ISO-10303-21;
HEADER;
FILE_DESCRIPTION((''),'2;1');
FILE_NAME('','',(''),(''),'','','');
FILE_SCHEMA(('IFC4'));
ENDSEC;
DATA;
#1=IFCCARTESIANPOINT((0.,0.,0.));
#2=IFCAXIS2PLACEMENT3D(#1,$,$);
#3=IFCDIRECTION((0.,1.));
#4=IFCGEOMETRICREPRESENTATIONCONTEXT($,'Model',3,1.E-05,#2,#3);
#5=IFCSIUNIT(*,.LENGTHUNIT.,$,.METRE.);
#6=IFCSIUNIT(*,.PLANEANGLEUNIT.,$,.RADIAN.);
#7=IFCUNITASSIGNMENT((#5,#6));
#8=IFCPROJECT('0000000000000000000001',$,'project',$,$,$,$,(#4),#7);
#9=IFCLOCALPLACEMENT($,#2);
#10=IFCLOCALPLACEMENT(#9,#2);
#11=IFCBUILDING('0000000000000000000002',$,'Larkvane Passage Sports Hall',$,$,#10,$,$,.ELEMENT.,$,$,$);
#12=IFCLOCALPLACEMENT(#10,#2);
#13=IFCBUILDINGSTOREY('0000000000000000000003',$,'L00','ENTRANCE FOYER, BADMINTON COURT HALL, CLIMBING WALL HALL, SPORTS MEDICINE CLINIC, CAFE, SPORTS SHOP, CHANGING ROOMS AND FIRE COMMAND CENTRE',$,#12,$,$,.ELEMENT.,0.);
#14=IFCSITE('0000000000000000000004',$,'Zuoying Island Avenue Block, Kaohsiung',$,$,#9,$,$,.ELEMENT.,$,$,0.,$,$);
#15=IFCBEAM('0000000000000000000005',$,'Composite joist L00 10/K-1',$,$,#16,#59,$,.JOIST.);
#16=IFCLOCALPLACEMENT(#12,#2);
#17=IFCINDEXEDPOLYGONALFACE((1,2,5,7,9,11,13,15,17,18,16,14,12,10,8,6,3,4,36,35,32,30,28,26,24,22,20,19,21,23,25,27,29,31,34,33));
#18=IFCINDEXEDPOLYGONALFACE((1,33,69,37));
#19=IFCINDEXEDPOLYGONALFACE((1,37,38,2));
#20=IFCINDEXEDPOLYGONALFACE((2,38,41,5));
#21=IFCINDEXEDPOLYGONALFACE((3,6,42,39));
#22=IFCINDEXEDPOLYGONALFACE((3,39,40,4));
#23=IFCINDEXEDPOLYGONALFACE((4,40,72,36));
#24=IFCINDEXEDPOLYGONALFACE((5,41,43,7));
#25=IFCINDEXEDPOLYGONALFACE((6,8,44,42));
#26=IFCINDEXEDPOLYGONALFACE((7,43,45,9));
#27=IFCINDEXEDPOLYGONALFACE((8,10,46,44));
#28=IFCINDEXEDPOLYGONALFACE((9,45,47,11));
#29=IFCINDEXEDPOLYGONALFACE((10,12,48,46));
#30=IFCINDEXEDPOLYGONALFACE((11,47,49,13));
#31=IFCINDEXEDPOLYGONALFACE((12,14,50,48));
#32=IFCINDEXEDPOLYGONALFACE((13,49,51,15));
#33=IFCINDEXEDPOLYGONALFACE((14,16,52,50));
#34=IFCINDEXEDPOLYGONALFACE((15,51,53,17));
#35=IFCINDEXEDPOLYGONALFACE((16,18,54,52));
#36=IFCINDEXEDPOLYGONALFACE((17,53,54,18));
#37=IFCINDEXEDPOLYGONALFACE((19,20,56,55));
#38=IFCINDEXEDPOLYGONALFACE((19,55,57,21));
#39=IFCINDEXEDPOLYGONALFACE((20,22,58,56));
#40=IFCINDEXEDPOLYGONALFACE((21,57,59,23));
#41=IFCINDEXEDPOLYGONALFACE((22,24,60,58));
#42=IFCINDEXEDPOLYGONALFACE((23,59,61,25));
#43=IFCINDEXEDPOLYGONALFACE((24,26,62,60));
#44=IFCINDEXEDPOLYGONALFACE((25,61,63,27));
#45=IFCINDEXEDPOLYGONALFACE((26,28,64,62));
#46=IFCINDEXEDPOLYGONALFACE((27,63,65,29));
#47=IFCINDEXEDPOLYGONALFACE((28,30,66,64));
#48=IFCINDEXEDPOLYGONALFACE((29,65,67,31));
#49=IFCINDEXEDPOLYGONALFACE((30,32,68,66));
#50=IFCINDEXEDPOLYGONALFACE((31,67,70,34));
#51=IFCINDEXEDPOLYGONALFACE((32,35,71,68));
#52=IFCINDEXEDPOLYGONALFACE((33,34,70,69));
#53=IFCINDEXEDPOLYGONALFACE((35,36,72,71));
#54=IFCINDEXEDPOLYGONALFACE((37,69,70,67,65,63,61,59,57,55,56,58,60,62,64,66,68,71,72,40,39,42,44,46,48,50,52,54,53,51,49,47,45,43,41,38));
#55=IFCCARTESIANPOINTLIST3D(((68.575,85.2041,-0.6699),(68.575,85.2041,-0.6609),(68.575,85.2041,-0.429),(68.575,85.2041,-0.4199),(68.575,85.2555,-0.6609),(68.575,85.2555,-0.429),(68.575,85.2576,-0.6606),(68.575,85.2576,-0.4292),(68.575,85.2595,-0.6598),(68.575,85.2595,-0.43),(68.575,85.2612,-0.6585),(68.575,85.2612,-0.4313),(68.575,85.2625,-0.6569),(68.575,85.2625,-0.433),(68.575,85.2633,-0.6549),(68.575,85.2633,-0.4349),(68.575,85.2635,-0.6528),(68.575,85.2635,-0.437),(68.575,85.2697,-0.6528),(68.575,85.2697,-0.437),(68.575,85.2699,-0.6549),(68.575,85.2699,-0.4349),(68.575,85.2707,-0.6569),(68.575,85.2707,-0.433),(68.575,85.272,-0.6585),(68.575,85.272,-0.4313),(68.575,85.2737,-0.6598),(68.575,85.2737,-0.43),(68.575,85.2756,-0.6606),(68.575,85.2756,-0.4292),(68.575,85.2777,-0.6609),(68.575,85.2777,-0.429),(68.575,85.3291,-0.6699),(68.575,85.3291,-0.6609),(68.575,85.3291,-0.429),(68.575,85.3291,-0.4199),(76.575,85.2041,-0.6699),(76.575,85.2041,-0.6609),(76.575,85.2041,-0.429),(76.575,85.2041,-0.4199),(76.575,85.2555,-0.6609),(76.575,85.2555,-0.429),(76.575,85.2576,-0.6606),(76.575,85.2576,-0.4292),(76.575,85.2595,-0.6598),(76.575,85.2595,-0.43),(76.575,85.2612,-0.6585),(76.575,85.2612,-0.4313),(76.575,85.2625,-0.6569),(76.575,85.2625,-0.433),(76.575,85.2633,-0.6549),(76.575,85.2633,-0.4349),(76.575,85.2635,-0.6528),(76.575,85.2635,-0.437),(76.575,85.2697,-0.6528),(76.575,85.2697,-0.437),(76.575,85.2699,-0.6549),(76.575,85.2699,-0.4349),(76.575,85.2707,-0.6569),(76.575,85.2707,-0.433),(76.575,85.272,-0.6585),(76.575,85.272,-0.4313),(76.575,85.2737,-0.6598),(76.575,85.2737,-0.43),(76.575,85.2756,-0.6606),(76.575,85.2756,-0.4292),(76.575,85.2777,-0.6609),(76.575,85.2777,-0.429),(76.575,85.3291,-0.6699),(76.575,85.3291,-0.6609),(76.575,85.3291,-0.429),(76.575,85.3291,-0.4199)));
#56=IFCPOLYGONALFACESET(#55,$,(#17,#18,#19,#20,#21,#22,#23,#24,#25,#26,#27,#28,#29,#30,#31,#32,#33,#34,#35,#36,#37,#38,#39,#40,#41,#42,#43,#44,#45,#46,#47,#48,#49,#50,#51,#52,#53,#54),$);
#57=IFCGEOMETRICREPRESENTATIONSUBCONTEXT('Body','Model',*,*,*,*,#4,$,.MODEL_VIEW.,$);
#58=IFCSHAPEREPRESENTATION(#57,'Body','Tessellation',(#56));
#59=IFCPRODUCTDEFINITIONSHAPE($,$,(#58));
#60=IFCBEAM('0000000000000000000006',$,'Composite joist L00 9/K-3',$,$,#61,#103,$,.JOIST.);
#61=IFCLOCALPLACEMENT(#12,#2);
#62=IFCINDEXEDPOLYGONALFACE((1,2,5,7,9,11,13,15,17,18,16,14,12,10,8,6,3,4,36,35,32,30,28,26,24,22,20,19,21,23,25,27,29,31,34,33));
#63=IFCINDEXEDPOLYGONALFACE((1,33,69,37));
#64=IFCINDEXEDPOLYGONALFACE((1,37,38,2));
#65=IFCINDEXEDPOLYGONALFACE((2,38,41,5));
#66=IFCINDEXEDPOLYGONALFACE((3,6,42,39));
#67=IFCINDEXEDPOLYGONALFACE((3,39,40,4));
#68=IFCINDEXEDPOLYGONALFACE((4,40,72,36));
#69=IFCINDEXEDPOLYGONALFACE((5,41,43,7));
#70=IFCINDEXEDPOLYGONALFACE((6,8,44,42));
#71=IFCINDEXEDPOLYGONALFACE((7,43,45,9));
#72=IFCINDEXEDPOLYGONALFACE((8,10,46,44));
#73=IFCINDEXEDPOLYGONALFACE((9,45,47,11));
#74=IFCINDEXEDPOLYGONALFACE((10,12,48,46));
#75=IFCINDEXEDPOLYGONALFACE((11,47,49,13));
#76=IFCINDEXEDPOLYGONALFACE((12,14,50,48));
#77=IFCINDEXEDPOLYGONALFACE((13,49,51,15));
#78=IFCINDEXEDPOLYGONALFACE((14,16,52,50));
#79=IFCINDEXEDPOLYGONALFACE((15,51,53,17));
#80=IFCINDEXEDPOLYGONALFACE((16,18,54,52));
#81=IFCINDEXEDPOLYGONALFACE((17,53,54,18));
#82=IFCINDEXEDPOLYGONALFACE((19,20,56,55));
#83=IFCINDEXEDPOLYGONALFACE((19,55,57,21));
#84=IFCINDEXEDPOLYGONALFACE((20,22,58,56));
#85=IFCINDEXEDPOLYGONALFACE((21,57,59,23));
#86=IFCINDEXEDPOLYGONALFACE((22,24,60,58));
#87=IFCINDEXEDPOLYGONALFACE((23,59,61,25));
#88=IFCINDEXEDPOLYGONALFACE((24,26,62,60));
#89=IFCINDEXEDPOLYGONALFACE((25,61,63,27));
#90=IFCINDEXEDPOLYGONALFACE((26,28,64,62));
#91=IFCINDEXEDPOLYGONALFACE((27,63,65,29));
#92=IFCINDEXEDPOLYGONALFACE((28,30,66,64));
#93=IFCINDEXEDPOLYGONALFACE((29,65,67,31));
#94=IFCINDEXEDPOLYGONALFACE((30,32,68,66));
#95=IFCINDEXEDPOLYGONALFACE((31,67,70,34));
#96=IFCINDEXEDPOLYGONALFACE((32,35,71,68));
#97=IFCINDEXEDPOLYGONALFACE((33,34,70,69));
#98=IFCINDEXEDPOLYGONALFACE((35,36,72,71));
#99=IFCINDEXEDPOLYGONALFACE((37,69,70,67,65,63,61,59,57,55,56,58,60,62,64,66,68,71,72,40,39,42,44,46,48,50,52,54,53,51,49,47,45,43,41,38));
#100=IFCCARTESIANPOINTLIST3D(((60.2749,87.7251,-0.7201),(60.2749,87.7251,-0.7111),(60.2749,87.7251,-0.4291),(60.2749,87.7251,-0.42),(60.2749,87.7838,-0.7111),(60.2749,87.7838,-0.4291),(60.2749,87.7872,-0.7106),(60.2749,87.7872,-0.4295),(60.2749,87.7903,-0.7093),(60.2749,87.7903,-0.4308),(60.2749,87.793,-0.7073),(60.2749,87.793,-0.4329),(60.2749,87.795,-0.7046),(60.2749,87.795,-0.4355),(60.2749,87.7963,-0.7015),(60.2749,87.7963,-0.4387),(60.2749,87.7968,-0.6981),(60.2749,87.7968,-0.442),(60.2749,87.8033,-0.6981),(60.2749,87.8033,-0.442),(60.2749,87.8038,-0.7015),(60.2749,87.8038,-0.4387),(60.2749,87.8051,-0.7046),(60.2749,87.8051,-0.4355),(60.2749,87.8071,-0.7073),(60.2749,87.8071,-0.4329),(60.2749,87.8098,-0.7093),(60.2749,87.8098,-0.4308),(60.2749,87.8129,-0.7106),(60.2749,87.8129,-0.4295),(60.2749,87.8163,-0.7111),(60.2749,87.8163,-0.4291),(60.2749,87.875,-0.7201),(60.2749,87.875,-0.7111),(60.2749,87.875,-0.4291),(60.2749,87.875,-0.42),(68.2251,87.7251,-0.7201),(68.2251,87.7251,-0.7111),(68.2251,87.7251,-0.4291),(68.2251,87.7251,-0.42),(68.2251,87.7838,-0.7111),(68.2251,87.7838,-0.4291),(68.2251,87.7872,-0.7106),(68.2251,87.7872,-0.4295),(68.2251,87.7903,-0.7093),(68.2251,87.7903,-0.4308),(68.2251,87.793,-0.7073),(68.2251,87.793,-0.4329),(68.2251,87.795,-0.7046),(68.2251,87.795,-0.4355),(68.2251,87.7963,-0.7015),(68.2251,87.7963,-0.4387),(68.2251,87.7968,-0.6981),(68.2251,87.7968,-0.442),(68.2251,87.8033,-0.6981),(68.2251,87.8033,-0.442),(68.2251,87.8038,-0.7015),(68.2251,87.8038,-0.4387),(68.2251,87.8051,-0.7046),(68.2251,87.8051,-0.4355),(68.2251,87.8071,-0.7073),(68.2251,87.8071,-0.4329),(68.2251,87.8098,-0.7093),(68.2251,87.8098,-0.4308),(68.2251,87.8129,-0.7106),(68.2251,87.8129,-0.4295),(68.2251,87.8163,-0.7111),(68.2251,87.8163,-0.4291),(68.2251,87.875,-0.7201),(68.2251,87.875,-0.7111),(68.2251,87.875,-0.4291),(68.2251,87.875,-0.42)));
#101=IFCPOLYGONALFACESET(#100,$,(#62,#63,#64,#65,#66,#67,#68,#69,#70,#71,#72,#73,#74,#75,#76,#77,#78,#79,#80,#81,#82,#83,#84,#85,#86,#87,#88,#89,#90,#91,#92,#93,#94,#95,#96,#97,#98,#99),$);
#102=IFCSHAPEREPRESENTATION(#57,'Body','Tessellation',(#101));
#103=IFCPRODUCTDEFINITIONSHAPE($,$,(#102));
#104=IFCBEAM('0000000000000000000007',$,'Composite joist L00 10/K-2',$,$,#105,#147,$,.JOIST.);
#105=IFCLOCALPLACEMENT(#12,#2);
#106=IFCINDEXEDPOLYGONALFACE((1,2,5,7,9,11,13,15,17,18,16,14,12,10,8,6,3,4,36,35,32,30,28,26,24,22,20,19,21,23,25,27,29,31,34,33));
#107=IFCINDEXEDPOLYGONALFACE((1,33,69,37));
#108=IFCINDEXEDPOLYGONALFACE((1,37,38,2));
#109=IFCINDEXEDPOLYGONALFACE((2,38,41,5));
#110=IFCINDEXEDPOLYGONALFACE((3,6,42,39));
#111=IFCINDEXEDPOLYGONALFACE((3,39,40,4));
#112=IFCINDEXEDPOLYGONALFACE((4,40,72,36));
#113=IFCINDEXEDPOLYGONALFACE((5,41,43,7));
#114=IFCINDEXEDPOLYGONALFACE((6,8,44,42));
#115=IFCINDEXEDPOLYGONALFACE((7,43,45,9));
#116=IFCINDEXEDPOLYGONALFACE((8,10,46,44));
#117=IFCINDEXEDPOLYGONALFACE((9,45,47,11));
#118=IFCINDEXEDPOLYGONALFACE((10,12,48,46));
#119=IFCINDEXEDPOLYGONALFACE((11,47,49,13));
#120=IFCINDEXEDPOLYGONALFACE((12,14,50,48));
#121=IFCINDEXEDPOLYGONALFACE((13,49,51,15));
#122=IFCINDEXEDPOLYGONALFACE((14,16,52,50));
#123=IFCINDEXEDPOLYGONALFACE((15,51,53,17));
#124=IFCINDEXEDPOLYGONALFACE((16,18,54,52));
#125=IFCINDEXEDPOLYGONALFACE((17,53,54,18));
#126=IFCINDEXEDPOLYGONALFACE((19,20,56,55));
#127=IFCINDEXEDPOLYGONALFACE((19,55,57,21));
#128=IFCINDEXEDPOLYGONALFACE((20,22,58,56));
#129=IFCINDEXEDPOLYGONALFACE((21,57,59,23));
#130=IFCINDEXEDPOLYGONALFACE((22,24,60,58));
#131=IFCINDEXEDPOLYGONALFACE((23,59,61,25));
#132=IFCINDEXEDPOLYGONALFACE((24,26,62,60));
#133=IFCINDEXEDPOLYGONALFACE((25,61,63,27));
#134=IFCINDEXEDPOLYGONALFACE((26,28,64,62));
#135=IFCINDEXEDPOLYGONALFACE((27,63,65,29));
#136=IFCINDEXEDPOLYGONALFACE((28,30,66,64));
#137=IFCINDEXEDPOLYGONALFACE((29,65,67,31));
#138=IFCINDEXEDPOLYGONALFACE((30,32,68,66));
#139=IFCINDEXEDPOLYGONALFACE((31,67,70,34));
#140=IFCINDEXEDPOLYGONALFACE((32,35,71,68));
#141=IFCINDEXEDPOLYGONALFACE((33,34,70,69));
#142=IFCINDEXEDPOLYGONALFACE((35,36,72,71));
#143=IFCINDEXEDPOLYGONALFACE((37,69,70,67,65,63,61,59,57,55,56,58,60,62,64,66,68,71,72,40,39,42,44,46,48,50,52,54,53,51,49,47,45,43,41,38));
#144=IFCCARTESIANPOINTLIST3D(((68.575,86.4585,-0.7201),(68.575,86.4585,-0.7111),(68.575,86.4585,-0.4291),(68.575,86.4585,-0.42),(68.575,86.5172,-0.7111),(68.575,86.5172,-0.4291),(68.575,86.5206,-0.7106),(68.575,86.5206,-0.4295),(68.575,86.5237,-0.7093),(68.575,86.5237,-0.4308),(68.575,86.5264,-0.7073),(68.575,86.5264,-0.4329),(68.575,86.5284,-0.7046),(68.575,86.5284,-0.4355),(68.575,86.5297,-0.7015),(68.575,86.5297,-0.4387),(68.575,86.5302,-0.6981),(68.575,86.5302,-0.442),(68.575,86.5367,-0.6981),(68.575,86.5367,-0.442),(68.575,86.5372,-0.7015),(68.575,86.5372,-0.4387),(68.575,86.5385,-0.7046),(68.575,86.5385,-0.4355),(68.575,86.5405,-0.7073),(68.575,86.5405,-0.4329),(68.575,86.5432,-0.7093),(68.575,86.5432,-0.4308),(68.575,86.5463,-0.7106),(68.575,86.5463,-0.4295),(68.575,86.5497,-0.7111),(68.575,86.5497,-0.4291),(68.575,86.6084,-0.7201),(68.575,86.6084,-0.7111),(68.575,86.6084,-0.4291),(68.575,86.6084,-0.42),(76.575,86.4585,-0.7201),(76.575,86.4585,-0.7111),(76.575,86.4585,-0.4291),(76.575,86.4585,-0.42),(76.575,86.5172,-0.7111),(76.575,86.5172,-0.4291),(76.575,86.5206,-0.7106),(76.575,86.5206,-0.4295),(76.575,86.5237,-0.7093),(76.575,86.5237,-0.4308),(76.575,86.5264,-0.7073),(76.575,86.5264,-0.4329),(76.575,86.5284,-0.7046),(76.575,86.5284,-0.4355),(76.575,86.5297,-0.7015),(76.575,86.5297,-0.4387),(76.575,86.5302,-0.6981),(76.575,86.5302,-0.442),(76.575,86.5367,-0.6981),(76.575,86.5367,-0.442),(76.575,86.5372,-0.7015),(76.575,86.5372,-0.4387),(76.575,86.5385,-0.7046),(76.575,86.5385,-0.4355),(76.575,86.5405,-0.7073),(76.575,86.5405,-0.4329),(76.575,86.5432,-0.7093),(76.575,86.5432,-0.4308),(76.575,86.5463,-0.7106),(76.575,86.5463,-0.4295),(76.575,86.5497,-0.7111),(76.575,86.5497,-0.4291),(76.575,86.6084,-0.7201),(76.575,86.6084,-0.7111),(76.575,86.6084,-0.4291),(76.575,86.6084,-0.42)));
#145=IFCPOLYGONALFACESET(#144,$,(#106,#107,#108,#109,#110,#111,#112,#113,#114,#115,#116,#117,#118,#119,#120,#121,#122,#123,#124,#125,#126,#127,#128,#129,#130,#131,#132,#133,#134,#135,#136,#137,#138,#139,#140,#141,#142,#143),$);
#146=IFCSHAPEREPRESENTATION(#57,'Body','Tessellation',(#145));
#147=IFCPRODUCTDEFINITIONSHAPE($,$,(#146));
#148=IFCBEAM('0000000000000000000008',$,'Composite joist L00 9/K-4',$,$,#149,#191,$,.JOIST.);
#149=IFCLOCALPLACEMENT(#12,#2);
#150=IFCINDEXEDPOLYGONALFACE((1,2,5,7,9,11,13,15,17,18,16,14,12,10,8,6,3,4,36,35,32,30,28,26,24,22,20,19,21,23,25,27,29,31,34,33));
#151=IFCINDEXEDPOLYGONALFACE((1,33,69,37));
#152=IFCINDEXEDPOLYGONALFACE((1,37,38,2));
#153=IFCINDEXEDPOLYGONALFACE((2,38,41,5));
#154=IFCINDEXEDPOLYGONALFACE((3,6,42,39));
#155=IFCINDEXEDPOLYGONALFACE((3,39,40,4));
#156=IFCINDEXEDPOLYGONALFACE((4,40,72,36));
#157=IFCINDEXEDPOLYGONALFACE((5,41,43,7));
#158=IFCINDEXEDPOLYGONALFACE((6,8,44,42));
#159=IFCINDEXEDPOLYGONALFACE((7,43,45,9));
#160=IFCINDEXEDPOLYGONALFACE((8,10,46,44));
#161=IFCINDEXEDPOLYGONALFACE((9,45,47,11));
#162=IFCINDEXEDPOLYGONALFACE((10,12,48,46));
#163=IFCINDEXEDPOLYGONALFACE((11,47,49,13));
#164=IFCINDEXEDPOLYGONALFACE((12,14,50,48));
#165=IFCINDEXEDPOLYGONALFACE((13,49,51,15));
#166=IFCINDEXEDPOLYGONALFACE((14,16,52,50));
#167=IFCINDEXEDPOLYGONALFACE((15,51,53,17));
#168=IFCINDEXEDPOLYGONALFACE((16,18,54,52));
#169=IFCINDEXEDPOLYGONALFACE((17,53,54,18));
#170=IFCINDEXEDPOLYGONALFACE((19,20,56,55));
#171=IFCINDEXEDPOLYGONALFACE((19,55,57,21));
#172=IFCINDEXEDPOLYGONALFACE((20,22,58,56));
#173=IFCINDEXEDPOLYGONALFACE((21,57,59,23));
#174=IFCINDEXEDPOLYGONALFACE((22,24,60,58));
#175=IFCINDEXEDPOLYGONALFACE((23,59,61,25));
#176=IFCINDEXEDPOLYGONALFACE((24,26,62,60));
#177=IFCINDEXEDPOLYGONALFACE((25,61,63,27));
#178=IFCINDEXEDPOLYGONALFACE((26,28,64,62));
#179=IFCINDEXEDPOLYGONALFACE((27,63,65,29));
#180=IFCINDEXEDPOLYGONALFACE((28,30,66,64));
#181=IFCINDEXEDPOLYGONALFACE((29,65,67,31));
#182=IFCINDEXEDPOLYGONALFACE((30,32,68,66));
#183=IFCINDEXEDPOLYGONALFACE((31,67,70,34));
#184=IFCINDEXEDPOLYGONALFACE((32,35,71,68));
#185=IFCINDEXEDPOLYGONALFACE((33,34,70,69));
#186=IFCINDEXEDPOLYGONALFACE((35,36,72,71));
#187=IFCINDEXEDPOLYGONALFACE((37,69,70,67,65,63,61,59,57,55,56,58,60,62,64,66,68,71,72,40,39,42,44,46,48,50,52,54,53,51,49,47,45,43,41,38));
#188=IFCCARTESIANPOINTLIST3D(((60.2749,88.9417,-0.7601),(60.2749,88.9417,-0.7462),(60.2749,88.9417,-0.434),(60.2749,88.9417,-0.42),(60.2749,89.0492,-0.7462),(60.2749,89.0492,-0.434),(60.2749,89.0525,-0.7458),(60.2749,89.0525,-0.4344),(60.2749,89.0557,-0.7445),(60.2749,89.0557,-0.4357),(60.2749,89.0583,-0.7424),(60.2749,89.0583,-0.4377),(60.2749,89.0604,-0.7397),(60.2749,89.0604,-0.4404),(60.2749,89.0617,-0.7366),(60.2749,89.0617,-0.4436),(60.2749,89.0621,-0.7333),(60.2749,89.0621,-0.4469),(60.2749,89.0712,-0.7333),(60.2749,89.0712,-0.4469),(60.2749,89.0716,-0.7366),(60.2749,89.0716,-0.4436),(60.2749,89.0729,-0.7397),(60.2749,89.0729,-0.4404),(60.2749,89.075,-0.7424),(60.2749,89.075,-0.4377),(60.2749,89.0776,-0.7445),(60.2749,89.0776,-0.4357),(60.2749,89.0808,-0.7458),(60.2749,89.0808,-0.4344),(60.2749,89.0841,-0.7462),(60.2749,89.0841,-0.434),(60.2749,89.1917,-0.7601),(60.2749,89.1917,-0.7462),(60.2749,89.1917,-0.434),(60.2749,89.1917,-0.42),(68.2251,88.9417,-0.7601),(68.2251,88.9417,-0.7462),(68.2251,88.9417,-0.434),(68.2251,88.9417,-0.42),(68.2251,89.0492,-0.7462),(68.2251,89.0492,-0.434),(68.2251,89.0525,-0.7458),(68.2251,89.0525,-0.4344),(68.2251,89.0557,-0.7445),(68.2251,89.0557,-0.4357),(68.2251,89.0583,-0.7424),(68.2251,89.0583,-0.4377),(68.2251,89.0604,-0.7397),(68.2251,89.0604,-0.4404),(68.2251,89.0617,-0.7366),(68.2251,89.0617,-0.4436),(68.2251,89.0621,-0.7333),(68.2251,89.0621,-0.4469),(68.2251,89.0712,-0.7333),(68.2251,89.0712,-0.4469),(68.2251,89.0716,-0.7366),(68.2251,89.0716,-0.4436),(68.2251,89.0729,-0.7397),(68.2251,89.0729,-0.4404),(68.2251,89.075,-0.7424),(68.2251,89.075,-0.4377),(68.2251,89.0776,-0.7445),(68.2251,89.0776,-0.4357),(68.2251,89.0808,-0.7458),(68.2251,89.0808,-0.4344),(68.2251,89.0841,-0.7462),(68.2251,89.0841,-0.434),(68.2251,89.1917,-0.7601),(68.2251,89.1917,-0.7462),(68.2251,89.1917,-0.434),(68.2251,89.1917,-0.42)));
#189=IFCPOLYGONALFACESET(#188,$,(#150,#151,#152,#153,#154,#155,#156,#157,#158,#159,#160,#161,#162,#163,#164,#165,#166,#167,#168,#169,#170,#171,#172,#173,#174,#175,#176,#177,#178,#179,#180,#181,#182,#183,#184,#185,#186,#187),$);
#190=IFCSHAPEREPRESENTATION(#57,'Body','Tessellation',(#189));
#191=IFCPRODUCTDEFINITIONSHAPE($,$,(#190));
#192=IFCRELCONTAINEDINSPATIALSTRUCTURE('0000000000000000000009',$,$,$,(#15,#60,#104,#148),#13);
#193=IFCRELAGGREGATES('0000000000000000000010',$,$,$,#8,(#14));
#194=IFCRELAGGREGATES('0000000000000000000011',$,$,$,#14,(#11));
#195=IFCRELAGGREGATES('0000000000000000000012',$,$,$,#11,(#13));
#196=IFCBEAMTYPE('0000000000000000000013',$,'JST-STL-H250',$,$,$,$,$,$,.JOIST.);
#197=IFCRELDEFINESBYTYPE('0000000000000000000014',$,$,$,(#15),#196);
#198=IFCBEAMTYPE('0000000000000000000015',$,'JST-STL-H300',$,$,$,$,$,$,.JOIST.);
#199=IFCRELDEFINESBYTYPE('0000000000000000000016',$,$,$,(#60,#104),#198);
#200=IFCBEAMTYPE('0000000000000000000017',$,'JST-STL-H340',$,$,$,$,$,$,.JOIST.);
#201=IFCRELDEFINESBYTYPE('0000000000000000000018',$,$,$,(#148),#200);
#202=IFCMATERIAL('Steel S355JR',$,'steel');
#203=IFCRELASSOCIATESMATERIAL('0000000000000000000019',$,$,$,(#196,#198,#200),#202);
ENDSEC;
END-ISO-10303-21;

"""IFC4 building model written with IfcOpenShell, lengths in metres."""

from ifc_helpers import new_model, si_unit, direction, frame, origin, origin_2d, place, context, subcontext, project, spatial, i_section, extrude, material, material_profile, profile_set, type_object, element, save


model = new_model("IFC4")

# Units and contexts
model_context = context("Model", 3, precision=1e-05, world=origin(), true_north=direction((0.0, 1.0)))
body_context = subcontext(model_context, "Body", "Model", "MODEL_VIEW")
ifc_project = project(units=[si_unit("LENGTHUNIT", "METRE"), si_unit("PLANEANGLEUNIT", "RADIAN")], contexts=[model_context])

# Site, building, storey
site_placement = place(None, origin())
site = spatial("IfcSite", under=ifc_project, at=site_placement, Name="Zuoying Island Avenue Block, Kaohsiung", CompositionType="ELEMENT", RefElevation=0.0)
building_placement = place(site_placement, origin())
building = spatial("IfcBuilding", under=site, at=building_placement, Name="Larkvane Passage Sports Hall", CompositionType="ELEMENT")
storey_placement = place(building_placement, origin())
storey = spatial("IfcBuildingStorey", under=building, at=storey_placement, Name="L00", Description="ENTRANCE FOYER, BADMINTON COURT HALL, CLIMBING WALL HALL, SPORTS MEDICINE CLINIC, CAFE, SPORTS SHOP, CHANGING ROOMS AND FIRE COMMAND CENTRE", CompositionType="ELEMENT", Elevation=0.0)

# Beams
ifc_material_1 = material(Name="Steel S355JR", Category="steel")
ifc_material_profile_1 = material_profile(ifc_material_1, i_section(OverallWidth=0.125, OverallDepth=0.25, WebThickness=0.0061, FlangeThickness=0.009, FilletRadius=0.0081, at=origin_2d()), Name="H-250x125x6x9")
ifc_profile_set_1 = profile_set([ifc_material_profile_1], Name="Steel S355JR")
beam_type_1 = type_object("IfcBeamType", Name="JST-STL-H250", PredefinedType="JOIST", material=ifc_profile_set_1)
beam_1_placement = place(storey_placement, frame((68.575, 85.2666, -0.5449), z_axis=(1.0, 0.0, 0.0), x_axis=(0.0, 1.0, 0.0)))
element("IfcBeam", 1, at=beam_1_placement, inside=storey, type_object=beam_type_1, Name="Composite joist L00 10/K-1", PredefinedType="JOIST", context=body_context, shape_type="SweptSolid", body=[
    extrude(i_section(OverallWidth=0.125, OverallDepth=0.25, WebThickness=0.0061, FlangeThickness=0.009, FilletRadius=0.0081, at=origin_2d()), origin(), (0.0, 0.0, 1.0), 8.0),
])
ifc_material_profile_2 = material_profile(ifc_material_1, i_section(OverallWidth=0.1499, OverallDepth=0.3, WebThickness=0.0066, FlangeThickness=0.009, FilletRadius=0.0129, at=origin_2d()), Name="H-300x150x6.5x9")
ifc_profile_set_2 = profile_set([ifc_material_profile_2], Name="Steel S355JR")
beam_type_2 = type_object("IfcBeamType", Name="JST-STL-H300", PredefinedType="JOIST", material=ifc_profile_set_2)
beam_2_placement = place(storey_placement, frame((60.2749, 87.8, -0.5701), z_axis=(1.0, 0.0, 0.0), x_axis=(0.0, 1.0, 0.0)))
element("IfcBeam", 2, at=beam_2_placement, inside=storey, type_object=beam_type_2, Name="Composite joist L00 9/K-3", PredefinedType="JOIST", context=body_context, shape_type="SweptSolid", body=[
    extrude(i_section(OverallWidth=0.1499, OverallDepth=0.3, WebThickness=0.0066, FlangeThickness=0.009, FilletRadius=0.0129, at=origin_2d()), origin(), (0.0, 0.0, 1.0), 7.9502),
])
beam_3_placement = place(storey_placement, frame((68.575, 86.5334, -0.5701), z_axis=(1.0, 0.0, 0.0), x_axis=(0.0, 1.0, 0.0)))
element("IfcBeam", 3, at=beam_3_placement, inside=storey, type_object=beam_type_2, Name="Composite joist L00 10/K-2", PredefinedType="JOIST", context=body_context, shape_type="SweptSolid", body=[
    extrude(i_section(OverallWidth=0.1499, OverallDepth=0.3, WebThickness=0.0066, FlangeThickness=0.009, FilletRadius=0.0129, at=origin_2d()), origin(), (0.0, 0.0, 1.0), 8.0),
])
ifc_material_profile_3 = material_profile(ifc_material_1, i_section(OverallWidth=0.25, OverallDepth=0.3401, WebThickness=0.009, FlangeThickness=0.0139, FilletRadius=0.0129, at=origin_2d()), Name="H-340x250x9x14")
ifc_profile_set_3 = profile_set([ifc_material_profile_3], Name="Steel S355JR")
beam_type_3 = type_object("IfcBeamType", Name="JST-STL-H340", PredefinedType="JOIST", material=ifc_profile_set_3)
beam_4_placement = place(storey_placement, frame((60.2749, 89.0667, -0.5901), z_axis=(1.0, 0.0, 0.0), x_axis=(0.0, 1.0, 0.0)))
element("IfcBeam", 4, at=beam_4_placement, inside=storey, type_object=beam_type_3, Name="Composite joist L00 9/K-4", PredefinedType="JOIST", context=body_context, shape_type="SweptSolid", body=[
    extrude(i_section(OverallWidth=0.25, OverallDepth=0.3401, WebThickness=0.009, FlangeThickness=0.0139, FilletRadius=0.0129, at=origin_2d()), origin(), (0.0, 0.0, 1.0), 7.9502),
])

save(model, "model.ifc")
